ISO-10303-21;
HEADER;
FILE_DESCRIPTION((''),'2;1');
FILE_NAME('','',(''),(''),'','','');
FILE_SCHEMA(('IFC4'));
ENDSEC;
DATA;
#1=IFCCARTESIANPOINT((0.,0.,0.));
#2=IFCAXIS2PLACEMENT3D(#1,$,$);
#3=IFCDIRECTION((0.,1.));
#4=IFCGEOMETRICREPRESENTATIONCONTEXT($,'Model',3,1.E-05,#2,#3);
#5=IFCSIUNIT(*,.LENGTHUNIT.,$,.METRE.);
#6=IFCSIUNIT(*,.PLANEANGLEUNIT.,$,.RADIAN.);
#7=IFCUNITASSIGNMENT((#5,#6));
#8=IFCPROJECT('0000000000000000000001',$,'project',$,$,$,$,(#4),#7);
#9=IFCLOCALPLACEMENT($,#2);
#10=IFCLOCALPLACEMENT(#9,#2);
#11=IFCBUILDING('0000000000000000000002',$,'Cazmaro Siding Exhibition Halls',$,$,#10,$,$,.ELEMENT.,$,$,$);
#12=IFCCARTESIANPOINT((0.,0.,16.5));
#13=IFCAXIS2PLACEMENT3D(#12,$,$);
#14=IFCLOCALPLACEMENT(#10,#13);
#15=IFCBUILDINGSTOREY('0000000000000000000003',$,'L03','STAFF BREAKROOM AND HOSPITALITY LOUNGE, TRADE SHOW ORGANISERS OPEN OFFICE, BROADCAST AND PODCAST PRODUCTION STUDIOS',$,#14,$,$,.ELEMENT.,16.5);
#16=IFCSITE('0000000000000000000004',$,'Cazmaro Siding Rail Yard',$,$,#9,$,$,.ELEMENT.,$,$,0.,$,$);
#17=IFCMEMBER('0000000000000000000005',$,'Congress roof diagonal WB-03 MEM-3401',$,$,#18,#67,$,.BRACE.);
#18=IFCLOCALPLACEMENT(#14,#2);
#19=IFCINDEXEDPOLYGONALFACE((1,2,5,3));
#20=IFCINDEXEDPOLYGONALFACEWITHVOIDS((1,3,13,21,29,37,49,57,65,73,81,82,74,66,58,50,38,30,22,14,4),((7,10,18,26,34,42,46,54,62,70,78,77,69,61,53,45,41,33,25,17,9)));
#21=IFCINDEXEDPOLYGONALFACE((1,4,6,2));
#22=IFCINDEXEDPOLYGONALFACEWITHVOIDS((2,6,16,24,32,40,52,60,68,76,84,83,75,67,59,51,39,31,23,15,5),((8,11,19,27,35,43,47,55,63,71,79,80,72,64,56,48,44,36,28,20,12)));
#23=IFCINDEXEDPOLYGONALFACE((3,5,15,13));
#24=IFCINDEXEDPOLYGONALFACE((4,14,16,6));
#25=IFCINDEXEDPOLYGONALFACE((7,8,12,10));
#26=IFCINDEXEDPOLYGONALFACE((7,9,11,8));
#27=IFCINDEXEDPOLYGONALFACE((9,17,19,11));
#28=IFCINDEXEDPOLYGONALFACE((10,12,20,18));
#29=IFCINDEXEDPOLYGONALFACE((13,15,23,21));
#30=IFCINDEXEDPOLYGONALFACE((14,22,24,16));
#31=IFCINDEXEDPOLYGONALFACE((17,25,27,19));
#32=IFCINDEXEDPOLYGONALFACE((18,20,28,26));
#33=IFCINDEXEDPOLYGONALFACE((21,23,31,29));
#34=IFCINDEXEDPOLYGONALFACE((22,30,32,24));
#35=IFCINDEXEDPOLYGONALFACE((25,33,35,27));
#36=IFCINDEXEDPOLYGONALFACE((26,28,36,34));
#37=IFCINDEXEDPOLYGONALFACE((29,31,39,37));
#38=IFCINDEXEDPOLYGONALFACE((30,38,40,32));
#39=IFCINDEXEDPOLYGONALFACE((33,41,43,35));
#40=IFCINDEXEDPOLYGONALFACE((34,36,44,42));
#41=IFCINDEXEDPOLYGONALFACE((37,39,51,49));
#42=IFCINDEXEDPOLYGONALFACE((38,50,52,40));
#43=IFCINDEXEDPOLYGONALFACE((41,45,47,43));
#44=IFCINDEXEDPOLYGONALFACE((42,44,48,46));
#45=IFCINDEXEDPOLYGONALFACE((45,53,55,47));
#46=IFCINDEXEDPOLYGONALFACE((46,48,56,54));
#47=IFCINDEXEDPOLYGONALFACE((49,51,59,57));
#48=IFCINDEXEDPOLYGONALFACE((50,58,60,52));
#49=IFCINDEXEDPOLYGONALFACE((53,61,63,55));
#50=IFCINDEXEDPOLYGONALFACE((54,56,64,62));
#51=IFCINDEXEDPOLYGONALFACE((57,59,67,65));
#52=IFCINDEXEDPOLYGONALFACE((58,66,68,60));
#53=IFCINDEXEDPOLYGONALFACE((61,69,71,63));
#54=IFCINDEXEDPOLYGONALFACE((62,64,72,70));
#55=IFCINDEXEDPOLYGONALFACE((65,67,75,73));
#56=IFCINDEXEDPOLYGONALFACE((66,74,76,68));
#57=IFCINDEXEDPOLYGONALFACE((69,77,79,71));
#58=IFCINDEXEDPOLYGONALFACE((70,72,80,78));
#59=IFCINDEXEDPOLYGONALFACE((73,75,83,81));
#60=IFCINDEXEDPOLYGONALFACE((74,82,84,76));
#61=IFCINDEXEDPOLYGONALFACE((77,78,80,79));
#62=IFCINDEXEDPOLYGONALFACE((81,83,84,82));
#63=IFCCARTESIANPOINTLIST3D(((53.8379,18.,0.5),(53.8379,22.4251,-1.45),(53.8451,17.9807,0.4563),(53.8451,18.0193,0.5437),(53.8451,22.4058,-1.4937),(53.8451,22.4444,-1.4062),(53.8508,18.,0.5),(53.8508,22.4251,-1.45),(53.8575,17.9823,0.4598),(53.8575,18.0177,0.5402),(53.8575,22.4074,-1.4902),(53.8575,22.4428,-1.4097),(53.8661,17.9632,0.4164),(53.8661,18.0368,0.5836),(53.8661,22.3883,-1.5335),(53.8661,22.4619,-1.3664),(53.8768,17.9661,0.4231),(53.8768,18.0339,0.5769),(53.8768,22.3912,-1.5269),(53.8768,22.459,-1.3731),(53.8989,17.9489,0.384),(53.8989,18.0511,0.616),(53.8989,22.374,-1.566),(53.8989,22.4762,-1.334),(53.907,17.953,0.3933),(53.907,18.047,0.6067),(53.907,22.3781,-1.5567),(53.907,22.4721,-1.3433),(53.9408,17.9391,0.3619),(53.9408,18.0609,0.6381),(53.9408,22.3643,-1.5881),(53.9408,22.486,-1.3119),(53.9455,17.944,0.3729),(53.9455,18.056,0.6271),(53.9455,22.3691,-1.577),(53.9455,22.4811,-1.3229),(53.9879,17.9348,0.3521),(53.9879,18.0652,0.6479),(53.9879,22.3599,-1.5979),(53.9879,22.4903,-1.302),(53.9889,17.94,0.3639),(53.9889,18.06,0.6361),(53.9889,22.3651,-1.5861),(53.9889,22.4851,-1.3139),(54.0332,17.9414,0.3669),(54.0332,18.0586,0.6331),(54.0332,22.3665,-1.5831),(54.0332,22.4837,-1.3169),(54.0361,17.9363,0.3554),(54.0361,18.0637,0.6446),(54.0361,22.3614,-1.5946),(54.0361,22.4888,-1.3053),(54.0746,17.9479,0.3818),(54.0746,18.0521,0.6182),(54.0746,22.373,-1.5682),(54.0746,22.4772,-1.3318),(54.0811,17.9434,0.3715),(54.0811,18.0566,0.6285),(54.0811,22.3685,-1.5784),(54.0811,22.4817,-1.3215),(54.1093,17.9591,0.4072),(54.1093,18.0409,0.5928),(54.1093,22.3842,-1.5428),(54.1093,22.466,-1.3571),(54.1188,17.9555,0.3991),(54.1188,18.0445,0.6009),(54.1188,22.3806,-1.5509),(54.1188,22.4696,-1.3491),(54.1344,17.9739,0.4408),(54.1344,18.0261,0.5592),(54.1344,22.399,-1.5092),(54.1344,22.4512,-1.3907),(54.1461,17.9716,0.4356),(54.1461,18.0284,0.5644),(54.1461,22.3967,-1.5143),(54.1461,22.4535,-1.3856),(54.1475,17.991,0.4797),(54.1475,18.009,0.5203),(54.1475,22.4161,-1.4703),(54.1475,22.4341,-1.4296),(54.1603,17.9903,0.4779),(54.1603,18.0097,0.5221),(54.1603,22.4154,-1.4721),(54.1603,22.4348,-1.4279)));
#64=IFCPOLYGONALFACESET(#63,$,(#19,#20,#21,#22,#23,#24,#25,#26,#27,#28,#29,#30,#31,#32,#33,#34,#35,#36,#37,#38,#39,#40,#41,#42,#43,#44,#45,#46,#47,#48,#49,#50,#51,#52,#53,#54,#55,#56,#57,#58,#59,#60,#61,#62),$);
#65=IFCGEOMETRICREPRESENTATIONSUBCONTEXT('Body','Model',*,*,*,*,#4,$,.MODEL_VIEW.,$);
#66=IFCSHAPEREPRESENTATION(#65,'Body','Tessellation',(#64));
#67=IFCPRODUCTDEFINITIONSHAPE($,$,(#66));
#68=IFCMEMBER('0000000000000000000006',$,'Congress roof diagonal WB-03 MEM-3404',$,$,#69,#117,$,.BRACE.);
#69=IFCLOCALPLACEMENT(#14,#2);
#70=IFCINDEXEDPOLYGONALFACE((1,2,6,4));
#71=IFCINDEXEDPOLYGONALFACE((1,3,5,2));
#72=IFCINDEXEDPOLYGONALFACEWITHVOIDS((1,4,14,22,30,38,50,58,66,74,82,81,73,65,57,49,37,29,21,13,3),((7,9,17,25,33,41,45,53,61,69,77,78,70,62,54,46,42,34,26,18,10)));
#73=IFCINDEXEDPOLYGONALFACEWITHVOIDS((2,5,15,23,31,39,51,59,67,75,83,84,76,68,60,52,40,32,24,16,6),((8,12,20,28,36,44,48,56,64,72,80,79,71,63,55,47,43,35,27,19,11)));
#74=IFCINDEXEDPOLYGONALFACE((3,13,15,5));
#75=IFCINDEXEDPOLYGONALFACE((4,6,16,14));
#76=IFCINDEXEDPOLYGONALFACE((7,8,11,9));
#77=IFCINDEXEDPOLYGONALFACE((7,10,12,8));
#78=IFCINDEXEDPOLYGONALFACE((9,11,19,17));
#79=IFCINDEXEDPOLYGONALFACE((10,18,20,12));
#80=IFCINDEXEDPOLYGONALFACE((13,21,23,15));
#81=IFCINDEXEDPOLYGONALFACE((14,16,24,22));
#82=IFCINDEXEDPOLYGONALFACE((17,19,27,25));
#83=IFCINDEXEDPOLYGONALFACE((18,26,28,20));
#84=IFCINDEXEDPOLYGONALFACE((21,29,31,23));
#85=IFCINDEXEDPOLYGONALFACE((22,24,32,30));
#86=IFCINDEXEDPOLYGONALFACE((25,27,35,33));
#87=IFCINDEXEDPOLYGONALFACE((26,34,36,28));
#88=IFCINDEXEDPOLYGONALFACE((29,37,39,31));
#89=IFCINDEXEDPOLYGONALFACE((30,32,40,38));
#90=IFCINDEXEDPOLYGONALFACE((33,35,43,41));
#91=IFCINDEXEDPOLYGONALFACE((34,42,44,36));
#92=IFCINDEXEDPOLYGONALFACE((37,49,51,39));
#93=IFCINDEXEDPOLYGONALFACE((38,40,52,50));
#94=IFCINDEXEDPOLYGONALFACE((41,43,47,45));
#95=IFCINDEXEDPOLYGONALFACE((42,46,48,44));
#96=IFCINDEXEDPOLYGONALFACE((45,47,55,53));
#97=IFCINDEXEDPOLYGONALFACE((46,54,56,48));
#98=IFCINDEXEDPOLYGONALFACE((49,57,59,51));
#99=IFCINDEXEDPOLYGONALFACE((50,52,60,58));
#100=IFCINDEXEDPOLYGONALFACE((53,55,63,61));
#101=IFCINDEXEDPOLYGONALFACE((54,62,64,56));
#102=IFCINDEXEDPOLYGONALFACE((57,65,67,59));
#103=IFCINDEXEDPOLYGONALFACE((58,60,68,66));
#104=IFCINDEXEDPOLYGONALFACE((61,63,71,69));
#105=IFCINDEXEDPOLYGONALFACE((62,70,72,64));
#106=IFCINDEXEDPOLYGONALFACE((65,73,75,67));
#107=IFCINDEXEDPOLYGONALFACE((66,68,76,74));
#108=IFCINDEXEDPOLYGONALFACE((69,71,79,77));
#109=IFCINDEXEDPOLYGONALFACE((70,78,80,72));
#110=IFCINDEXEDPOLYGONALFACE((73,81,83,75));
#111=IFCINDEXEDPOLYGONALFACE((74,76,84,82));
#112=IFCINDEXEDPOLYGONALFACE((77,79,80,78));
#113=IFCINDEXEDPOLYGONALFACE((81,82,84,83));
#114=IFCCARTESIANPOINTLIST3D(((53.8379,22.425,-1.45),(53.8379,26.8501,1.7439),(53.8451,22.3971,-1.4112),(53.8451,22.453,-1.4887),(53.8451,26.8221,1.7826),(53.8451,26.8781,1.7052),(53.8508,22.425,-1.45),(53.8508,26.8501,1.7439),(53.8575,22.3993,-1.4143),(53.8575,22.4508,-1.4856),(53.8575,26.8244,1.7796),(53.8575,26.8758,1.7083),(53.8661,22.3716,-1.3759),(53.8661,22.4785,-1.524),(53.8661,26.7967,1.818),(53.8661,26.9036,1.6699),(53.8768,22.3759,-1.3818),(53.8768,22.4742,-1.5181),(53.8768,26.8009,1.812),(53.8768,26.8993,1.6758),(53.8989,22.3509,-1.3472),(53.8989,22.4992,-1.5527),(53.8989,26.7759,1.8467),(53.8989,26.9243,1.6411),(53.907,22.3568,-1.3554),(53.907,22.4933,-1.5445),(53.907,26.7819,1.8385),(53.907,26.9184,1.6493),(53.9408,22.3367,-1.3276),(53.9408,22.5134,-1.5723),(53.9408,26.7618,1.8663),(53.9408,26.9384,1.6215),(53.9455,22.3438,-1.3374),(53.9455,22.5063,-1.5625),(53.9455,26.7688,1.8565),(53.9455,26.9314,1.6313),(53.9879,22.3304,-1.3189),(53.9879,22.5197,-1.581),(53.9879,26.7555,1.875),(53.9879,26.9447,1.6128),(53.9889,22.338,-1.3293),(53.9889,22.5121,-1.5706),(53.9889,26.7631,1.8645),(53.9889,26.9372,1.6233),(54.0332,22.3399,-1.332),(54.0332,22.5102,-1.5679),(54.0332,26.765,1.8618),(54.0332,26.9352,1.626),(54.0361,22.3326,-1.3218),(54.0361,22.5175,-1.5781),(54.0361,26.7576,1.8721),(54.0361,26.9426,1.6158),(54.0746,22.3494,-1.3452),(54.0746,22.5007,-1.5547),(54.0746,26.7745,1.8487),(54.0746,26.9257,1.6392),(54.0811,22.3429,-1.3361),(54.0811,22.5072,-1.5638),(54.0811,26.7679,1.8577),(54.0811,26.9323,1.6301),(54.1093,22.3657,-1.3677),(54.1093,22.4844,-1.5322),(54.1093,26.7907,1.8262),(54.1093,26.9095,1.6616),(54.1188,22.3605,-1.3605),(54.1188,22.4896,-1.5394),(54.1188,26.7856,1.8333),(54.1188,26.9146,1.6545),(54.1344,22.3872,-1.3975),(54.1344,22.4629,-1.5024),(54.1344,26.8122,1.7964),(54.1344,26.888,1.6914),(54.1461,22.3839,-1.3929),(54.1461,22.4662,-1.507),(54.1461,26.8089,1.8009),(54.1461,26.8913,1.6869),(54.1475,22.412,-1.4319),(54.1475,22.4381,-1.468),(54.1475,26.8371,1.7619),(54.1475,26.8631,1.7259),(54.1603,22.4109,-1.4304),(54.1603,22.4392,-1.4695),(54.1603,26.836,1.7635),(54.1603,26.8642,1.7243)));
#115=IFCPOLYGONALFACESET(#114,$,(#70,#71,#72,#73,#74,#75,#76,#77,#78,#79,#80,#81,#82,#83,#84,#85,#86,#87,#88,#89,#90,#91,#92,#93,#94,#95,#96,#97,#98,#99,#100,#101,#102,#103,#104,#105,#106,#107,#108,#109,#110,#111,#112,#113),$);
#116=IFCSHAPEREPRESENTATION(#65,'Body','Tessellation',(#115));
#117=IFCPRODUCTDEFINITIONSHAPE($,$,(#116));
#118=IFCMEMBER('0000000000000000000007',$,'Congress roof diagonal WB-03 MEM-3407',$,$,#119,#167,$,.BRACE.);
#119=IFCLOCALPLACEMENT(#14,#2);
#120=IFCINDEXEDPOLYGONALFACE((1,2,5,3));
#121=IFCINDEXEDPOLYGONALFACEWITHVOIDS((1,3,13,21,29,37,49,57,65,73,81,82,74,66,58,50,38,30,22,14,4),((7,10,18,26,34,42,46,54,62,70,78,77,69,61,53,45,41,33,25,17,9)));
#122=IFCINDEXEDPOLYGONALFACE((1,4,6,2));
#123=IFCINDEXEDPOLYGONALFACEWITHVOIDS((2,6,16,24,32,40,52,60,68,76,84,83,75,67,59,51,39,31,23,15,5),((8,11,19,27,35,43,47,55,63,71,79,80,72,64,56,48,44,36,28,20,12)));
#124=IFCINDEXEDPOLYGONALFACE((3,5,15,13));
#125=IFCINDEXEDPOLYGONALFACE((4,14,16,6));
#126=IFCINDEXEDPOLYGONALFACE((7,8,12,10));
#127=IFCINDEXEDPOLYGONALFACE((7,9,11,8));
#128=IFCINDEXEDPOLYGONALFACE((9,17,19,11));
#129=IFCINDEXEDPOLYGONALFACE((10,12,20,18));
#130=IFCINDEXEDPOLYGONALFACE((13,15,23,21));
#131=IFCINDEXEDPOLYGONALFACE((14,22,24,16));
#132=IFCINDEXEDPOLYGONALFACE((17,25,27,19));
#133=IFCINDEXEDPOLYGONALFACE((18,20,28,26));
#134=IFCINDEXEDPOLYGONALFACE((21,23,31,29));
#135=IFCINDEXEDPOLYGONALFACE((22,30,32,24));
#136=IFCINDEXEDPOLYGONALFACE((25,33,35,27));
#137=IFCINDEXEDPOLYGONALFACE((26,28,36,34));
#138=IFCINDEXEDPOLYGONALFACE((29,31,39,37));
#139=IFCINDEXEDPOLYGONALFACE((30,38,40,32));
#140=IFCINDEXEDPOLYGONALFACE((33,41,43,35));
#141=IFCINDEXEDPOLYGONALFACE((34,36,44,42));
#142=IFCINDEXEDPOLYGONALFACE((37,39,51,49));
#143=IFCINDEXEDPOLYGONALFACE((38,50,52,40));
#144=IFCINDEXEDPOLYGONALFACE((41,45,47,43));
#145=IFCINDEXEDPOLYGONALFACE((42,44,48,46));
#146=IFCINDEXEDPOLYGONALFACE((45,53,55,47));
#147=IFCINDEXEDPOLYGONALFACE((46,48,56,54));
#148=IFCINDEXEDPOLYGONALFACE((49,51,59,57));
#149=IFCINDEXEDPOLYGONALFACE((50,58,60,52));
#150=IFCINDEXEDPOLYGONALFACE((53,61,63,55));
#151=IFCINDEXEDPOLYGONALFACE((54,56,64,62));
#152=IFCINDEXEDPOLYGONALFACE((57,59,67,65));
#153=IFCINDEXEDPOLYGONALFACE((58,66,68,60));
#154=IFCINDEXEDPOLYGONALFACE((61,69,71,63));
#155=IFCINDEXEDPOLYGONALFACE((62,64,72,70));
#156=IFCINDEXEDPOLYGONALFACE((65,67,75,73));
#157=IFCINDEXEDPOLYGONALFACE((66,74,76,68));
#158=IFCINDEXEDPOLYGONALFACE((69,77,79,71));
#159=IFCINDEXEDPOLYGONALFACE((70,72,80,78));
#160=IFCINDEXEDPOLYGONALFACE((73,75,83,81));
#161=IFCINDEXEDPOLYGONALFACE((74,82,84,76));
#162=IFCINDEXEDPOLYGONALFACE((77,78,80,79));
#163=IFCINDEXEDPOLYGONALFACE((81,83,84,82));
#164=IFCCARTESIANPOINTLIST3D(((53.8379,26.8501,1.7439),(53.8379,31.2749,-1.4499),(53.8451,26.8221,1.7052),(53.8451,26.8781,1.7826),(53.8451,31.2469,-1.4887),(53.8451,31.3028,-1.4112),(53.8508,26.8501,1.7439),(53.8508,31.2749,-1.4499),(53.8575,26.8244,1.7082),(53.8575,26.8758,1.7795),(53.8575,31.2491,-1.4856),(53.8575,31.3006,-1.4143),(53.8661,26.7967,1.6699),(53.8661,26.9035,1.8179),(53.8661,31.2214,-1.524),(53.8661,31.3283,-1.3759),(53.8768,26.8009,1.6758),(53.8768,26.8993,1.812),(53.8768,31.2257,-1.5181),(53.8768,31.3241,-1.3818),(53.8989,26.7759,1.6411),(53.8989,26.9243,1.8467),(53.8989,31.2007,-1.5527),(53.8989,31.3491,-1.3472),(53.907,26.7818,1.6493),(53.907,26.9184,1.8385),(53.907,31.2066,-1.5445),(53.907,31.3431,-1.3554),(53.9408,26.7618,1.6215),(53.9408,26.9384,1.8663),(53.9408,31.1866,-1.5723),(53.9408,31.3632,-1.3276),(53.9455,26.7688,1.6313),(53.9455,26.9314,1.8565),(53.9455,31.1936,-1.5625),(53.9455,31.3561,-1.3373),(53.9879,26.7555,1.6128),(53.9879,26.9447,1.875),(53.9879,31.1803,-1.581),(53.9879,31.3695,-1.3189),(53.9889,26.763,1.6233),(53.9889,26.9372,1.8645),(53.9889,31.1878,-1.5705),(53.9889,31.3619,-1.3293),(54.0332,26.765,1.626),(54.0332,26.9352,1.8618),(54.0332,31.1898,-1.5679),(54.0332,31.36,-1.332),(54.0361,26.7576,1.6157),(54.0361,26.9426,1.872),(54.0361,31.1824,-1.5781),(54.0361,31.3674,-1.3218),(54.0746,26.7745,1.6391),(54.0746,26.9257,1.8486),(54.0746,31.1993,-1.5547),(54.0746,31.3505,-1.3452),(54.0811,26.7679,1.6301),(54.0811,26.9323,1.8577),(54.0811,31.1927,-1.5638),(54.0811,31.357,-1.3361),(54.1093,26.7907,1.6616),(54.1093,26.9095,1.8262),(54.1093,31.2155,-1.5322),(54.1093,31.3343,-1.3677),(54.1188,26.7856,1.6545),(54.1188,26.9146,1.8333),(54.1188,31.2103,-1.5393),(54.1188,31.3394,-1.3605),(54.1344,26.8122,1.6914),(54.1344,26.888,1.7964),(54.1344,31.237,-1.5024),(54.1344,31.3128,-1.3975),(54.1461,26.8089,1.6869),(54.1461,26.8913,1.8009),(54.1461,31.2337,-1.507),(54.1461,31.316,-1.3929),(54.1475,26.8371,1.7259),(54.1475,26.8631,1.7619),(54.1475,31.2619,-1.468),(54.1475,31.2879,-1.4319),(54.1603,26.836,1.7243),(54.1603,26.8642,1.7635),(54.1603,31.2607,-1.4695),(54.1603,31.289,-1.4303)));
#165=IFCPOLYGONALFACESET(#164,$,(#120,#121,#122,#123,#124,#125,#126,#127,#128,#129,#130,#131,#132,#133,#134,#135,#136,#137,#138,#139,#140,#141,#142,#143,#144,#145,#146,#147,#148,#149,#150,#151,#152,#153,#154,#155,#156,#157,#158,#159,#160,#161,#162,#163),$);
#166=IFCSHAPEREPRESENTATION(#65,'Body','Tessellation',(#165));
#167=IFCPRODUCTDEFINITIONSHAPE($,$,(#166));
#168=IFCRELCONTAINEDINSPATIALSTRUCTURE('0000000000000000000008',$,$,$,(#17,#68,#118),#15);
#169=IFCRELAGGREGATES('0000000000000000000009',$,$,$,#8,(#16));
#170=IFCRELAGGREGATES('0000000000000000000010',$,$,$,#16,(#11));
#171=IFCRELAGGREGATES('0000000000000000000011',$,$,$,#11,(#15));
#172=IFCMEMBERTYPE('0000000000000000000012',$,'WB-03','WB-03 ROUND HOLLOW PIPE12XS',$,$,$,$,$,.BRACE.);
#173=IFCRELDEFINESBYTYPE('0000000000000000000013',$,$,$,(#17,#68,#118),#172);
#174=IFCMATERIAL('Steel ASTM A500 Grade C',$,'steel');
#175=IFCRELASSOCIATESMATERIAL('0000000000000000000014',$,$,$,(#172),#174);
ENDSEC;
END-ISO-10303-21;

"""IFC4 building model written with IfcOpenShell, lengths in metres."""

from ifc_helpers import new_model, si_unit, direction, frame, origin, origin_2d, place, context, subcontext, project, spatial, hollow_circle, extrude, material, material_profile, profile_set, type_object, element, save


model = new_model("IFC4")

# Units and contexts
model_context = context("Model", 3, precision=1e-05, world=origin(), true_north=direction((0.0, 1.0)))
body_context = subcontext(model_context, "Body", "Model", "MODEL_VIEW")
ifc_project = project(units=[si_unit("LENGTHUNIT", "METRE"), si_unit("PLANEANGLEUNIT", "RADIAN")], contexts=[model_context])

# Site, building, storey
site_placement = place(None, origin())
site = spatial("IfcSite", under=ifc_project, at=site_placement, Name="Cazmaro Siding Rail Yard", CompositionType="ELEMENT", RefElevation=0.0)
building_placement = place(site_placement, origin())
building = spatial("IfcBuilding", under=site, at=building_placement, Name="Cazmaro Siding Exhibition Halls", CompositionType="ELEMENT")
storey_placement = place(building_placement, frame((0.0, 0.0, 16.5)))
storey = spatial("IfcBuildingStorey", under=building, at=storey_placement, Name="L03", Description="STAFF BREAKROOM AND HOSPITALITY LOUNGE, TRADE SHOW ORGANISERS OPEN OFFICE, BROADCAST AND PODCAST PRODUCTION STUDIOS", CompositionType="ELEMENT", Elevation=16.5)

# Members
ifc_material_1 = material(Name="Steel ASTM A500 Grade C", Category="steel")
ifc_material_profile_1 = material_profile(ifc_material_1, hollow_circle(Radius=0.1621, WallThickness=0.0129, at=origin_2d()), Name="PIPE12XS")
ifc_profile_set_1 = profile_set([ifc_material_profile_1], Name="Steel ASTM A500 Grade C")
member_type_1 = type_object("IfcMemberType", Name="WB-03", Description="WB-03 ROUND HOLLOW PIPE12XS", PredefinedType="BRACE", material=ifc_profile_set_1)
member_1_placement = place(storey_placement, frame((54.0, 18.0, 0.5), z_axis=(0.0, 0.915092, -0.403246), x_axis=(-1.0, 0.0, 0.0)))
element("IfcMember", 1, at=member_1_placement, inside=storey, type_object=member_type_1, Name="Congress roof diagonal WB-03 MEM-3401", PredefinedType="BRACE", context=body_context, shape_type="SweptSolid", body=[
    extrude(hollow_circle(Radius=0.1621, WallThickness=0.0129, at=origin_2d()), origin(), (0.0, 0.0, 1.0), 4.8357),
])
member_2_placement = place(storey_placement, frame((54.0, 22.425, -1.45), z_axis=(0.0, 0.810855, 0.585247), x_axis=(-1.0, 0.0, 0.0)))
element("IfcMember", 2, at=member_2_placement, inside=storey, type_object=member_type_1, Name="Congress roof diagonal WB-03 MEM-3404", PredefinedType="BRACE", context=body_context, shape_type="SweptSolid", body=[
    extrude(hollow_circle(Radius=0.1621, WallThickness=0.0129, at=origin_2d()), origin(), (0.0, 0.0, 1.0), 5.4573),
])
member_3_placement = place(storey_placement, frame((54.0, 26.8501, 1.7439), z_axis=(0.0, 0.81084, -0.585268), x_axis=(-1.0, 0.0, 0.0)))
element("IfcMember", 3, at=member_3_placement, inside=storey, type_object=member_type_1, Name="Congress roof diagonal WB-03 MEM-3407", PredefinedType="BRACE", context=body_context, shape_type="SweptSolid", body=[
    extrude(hollow_circle(Radius=0.1621, WallThickness=0.0129, at=origin_2d()), origin(), (0.0, 0.0, 1.0), 5.457),
])

save(model, "model.ifc")
